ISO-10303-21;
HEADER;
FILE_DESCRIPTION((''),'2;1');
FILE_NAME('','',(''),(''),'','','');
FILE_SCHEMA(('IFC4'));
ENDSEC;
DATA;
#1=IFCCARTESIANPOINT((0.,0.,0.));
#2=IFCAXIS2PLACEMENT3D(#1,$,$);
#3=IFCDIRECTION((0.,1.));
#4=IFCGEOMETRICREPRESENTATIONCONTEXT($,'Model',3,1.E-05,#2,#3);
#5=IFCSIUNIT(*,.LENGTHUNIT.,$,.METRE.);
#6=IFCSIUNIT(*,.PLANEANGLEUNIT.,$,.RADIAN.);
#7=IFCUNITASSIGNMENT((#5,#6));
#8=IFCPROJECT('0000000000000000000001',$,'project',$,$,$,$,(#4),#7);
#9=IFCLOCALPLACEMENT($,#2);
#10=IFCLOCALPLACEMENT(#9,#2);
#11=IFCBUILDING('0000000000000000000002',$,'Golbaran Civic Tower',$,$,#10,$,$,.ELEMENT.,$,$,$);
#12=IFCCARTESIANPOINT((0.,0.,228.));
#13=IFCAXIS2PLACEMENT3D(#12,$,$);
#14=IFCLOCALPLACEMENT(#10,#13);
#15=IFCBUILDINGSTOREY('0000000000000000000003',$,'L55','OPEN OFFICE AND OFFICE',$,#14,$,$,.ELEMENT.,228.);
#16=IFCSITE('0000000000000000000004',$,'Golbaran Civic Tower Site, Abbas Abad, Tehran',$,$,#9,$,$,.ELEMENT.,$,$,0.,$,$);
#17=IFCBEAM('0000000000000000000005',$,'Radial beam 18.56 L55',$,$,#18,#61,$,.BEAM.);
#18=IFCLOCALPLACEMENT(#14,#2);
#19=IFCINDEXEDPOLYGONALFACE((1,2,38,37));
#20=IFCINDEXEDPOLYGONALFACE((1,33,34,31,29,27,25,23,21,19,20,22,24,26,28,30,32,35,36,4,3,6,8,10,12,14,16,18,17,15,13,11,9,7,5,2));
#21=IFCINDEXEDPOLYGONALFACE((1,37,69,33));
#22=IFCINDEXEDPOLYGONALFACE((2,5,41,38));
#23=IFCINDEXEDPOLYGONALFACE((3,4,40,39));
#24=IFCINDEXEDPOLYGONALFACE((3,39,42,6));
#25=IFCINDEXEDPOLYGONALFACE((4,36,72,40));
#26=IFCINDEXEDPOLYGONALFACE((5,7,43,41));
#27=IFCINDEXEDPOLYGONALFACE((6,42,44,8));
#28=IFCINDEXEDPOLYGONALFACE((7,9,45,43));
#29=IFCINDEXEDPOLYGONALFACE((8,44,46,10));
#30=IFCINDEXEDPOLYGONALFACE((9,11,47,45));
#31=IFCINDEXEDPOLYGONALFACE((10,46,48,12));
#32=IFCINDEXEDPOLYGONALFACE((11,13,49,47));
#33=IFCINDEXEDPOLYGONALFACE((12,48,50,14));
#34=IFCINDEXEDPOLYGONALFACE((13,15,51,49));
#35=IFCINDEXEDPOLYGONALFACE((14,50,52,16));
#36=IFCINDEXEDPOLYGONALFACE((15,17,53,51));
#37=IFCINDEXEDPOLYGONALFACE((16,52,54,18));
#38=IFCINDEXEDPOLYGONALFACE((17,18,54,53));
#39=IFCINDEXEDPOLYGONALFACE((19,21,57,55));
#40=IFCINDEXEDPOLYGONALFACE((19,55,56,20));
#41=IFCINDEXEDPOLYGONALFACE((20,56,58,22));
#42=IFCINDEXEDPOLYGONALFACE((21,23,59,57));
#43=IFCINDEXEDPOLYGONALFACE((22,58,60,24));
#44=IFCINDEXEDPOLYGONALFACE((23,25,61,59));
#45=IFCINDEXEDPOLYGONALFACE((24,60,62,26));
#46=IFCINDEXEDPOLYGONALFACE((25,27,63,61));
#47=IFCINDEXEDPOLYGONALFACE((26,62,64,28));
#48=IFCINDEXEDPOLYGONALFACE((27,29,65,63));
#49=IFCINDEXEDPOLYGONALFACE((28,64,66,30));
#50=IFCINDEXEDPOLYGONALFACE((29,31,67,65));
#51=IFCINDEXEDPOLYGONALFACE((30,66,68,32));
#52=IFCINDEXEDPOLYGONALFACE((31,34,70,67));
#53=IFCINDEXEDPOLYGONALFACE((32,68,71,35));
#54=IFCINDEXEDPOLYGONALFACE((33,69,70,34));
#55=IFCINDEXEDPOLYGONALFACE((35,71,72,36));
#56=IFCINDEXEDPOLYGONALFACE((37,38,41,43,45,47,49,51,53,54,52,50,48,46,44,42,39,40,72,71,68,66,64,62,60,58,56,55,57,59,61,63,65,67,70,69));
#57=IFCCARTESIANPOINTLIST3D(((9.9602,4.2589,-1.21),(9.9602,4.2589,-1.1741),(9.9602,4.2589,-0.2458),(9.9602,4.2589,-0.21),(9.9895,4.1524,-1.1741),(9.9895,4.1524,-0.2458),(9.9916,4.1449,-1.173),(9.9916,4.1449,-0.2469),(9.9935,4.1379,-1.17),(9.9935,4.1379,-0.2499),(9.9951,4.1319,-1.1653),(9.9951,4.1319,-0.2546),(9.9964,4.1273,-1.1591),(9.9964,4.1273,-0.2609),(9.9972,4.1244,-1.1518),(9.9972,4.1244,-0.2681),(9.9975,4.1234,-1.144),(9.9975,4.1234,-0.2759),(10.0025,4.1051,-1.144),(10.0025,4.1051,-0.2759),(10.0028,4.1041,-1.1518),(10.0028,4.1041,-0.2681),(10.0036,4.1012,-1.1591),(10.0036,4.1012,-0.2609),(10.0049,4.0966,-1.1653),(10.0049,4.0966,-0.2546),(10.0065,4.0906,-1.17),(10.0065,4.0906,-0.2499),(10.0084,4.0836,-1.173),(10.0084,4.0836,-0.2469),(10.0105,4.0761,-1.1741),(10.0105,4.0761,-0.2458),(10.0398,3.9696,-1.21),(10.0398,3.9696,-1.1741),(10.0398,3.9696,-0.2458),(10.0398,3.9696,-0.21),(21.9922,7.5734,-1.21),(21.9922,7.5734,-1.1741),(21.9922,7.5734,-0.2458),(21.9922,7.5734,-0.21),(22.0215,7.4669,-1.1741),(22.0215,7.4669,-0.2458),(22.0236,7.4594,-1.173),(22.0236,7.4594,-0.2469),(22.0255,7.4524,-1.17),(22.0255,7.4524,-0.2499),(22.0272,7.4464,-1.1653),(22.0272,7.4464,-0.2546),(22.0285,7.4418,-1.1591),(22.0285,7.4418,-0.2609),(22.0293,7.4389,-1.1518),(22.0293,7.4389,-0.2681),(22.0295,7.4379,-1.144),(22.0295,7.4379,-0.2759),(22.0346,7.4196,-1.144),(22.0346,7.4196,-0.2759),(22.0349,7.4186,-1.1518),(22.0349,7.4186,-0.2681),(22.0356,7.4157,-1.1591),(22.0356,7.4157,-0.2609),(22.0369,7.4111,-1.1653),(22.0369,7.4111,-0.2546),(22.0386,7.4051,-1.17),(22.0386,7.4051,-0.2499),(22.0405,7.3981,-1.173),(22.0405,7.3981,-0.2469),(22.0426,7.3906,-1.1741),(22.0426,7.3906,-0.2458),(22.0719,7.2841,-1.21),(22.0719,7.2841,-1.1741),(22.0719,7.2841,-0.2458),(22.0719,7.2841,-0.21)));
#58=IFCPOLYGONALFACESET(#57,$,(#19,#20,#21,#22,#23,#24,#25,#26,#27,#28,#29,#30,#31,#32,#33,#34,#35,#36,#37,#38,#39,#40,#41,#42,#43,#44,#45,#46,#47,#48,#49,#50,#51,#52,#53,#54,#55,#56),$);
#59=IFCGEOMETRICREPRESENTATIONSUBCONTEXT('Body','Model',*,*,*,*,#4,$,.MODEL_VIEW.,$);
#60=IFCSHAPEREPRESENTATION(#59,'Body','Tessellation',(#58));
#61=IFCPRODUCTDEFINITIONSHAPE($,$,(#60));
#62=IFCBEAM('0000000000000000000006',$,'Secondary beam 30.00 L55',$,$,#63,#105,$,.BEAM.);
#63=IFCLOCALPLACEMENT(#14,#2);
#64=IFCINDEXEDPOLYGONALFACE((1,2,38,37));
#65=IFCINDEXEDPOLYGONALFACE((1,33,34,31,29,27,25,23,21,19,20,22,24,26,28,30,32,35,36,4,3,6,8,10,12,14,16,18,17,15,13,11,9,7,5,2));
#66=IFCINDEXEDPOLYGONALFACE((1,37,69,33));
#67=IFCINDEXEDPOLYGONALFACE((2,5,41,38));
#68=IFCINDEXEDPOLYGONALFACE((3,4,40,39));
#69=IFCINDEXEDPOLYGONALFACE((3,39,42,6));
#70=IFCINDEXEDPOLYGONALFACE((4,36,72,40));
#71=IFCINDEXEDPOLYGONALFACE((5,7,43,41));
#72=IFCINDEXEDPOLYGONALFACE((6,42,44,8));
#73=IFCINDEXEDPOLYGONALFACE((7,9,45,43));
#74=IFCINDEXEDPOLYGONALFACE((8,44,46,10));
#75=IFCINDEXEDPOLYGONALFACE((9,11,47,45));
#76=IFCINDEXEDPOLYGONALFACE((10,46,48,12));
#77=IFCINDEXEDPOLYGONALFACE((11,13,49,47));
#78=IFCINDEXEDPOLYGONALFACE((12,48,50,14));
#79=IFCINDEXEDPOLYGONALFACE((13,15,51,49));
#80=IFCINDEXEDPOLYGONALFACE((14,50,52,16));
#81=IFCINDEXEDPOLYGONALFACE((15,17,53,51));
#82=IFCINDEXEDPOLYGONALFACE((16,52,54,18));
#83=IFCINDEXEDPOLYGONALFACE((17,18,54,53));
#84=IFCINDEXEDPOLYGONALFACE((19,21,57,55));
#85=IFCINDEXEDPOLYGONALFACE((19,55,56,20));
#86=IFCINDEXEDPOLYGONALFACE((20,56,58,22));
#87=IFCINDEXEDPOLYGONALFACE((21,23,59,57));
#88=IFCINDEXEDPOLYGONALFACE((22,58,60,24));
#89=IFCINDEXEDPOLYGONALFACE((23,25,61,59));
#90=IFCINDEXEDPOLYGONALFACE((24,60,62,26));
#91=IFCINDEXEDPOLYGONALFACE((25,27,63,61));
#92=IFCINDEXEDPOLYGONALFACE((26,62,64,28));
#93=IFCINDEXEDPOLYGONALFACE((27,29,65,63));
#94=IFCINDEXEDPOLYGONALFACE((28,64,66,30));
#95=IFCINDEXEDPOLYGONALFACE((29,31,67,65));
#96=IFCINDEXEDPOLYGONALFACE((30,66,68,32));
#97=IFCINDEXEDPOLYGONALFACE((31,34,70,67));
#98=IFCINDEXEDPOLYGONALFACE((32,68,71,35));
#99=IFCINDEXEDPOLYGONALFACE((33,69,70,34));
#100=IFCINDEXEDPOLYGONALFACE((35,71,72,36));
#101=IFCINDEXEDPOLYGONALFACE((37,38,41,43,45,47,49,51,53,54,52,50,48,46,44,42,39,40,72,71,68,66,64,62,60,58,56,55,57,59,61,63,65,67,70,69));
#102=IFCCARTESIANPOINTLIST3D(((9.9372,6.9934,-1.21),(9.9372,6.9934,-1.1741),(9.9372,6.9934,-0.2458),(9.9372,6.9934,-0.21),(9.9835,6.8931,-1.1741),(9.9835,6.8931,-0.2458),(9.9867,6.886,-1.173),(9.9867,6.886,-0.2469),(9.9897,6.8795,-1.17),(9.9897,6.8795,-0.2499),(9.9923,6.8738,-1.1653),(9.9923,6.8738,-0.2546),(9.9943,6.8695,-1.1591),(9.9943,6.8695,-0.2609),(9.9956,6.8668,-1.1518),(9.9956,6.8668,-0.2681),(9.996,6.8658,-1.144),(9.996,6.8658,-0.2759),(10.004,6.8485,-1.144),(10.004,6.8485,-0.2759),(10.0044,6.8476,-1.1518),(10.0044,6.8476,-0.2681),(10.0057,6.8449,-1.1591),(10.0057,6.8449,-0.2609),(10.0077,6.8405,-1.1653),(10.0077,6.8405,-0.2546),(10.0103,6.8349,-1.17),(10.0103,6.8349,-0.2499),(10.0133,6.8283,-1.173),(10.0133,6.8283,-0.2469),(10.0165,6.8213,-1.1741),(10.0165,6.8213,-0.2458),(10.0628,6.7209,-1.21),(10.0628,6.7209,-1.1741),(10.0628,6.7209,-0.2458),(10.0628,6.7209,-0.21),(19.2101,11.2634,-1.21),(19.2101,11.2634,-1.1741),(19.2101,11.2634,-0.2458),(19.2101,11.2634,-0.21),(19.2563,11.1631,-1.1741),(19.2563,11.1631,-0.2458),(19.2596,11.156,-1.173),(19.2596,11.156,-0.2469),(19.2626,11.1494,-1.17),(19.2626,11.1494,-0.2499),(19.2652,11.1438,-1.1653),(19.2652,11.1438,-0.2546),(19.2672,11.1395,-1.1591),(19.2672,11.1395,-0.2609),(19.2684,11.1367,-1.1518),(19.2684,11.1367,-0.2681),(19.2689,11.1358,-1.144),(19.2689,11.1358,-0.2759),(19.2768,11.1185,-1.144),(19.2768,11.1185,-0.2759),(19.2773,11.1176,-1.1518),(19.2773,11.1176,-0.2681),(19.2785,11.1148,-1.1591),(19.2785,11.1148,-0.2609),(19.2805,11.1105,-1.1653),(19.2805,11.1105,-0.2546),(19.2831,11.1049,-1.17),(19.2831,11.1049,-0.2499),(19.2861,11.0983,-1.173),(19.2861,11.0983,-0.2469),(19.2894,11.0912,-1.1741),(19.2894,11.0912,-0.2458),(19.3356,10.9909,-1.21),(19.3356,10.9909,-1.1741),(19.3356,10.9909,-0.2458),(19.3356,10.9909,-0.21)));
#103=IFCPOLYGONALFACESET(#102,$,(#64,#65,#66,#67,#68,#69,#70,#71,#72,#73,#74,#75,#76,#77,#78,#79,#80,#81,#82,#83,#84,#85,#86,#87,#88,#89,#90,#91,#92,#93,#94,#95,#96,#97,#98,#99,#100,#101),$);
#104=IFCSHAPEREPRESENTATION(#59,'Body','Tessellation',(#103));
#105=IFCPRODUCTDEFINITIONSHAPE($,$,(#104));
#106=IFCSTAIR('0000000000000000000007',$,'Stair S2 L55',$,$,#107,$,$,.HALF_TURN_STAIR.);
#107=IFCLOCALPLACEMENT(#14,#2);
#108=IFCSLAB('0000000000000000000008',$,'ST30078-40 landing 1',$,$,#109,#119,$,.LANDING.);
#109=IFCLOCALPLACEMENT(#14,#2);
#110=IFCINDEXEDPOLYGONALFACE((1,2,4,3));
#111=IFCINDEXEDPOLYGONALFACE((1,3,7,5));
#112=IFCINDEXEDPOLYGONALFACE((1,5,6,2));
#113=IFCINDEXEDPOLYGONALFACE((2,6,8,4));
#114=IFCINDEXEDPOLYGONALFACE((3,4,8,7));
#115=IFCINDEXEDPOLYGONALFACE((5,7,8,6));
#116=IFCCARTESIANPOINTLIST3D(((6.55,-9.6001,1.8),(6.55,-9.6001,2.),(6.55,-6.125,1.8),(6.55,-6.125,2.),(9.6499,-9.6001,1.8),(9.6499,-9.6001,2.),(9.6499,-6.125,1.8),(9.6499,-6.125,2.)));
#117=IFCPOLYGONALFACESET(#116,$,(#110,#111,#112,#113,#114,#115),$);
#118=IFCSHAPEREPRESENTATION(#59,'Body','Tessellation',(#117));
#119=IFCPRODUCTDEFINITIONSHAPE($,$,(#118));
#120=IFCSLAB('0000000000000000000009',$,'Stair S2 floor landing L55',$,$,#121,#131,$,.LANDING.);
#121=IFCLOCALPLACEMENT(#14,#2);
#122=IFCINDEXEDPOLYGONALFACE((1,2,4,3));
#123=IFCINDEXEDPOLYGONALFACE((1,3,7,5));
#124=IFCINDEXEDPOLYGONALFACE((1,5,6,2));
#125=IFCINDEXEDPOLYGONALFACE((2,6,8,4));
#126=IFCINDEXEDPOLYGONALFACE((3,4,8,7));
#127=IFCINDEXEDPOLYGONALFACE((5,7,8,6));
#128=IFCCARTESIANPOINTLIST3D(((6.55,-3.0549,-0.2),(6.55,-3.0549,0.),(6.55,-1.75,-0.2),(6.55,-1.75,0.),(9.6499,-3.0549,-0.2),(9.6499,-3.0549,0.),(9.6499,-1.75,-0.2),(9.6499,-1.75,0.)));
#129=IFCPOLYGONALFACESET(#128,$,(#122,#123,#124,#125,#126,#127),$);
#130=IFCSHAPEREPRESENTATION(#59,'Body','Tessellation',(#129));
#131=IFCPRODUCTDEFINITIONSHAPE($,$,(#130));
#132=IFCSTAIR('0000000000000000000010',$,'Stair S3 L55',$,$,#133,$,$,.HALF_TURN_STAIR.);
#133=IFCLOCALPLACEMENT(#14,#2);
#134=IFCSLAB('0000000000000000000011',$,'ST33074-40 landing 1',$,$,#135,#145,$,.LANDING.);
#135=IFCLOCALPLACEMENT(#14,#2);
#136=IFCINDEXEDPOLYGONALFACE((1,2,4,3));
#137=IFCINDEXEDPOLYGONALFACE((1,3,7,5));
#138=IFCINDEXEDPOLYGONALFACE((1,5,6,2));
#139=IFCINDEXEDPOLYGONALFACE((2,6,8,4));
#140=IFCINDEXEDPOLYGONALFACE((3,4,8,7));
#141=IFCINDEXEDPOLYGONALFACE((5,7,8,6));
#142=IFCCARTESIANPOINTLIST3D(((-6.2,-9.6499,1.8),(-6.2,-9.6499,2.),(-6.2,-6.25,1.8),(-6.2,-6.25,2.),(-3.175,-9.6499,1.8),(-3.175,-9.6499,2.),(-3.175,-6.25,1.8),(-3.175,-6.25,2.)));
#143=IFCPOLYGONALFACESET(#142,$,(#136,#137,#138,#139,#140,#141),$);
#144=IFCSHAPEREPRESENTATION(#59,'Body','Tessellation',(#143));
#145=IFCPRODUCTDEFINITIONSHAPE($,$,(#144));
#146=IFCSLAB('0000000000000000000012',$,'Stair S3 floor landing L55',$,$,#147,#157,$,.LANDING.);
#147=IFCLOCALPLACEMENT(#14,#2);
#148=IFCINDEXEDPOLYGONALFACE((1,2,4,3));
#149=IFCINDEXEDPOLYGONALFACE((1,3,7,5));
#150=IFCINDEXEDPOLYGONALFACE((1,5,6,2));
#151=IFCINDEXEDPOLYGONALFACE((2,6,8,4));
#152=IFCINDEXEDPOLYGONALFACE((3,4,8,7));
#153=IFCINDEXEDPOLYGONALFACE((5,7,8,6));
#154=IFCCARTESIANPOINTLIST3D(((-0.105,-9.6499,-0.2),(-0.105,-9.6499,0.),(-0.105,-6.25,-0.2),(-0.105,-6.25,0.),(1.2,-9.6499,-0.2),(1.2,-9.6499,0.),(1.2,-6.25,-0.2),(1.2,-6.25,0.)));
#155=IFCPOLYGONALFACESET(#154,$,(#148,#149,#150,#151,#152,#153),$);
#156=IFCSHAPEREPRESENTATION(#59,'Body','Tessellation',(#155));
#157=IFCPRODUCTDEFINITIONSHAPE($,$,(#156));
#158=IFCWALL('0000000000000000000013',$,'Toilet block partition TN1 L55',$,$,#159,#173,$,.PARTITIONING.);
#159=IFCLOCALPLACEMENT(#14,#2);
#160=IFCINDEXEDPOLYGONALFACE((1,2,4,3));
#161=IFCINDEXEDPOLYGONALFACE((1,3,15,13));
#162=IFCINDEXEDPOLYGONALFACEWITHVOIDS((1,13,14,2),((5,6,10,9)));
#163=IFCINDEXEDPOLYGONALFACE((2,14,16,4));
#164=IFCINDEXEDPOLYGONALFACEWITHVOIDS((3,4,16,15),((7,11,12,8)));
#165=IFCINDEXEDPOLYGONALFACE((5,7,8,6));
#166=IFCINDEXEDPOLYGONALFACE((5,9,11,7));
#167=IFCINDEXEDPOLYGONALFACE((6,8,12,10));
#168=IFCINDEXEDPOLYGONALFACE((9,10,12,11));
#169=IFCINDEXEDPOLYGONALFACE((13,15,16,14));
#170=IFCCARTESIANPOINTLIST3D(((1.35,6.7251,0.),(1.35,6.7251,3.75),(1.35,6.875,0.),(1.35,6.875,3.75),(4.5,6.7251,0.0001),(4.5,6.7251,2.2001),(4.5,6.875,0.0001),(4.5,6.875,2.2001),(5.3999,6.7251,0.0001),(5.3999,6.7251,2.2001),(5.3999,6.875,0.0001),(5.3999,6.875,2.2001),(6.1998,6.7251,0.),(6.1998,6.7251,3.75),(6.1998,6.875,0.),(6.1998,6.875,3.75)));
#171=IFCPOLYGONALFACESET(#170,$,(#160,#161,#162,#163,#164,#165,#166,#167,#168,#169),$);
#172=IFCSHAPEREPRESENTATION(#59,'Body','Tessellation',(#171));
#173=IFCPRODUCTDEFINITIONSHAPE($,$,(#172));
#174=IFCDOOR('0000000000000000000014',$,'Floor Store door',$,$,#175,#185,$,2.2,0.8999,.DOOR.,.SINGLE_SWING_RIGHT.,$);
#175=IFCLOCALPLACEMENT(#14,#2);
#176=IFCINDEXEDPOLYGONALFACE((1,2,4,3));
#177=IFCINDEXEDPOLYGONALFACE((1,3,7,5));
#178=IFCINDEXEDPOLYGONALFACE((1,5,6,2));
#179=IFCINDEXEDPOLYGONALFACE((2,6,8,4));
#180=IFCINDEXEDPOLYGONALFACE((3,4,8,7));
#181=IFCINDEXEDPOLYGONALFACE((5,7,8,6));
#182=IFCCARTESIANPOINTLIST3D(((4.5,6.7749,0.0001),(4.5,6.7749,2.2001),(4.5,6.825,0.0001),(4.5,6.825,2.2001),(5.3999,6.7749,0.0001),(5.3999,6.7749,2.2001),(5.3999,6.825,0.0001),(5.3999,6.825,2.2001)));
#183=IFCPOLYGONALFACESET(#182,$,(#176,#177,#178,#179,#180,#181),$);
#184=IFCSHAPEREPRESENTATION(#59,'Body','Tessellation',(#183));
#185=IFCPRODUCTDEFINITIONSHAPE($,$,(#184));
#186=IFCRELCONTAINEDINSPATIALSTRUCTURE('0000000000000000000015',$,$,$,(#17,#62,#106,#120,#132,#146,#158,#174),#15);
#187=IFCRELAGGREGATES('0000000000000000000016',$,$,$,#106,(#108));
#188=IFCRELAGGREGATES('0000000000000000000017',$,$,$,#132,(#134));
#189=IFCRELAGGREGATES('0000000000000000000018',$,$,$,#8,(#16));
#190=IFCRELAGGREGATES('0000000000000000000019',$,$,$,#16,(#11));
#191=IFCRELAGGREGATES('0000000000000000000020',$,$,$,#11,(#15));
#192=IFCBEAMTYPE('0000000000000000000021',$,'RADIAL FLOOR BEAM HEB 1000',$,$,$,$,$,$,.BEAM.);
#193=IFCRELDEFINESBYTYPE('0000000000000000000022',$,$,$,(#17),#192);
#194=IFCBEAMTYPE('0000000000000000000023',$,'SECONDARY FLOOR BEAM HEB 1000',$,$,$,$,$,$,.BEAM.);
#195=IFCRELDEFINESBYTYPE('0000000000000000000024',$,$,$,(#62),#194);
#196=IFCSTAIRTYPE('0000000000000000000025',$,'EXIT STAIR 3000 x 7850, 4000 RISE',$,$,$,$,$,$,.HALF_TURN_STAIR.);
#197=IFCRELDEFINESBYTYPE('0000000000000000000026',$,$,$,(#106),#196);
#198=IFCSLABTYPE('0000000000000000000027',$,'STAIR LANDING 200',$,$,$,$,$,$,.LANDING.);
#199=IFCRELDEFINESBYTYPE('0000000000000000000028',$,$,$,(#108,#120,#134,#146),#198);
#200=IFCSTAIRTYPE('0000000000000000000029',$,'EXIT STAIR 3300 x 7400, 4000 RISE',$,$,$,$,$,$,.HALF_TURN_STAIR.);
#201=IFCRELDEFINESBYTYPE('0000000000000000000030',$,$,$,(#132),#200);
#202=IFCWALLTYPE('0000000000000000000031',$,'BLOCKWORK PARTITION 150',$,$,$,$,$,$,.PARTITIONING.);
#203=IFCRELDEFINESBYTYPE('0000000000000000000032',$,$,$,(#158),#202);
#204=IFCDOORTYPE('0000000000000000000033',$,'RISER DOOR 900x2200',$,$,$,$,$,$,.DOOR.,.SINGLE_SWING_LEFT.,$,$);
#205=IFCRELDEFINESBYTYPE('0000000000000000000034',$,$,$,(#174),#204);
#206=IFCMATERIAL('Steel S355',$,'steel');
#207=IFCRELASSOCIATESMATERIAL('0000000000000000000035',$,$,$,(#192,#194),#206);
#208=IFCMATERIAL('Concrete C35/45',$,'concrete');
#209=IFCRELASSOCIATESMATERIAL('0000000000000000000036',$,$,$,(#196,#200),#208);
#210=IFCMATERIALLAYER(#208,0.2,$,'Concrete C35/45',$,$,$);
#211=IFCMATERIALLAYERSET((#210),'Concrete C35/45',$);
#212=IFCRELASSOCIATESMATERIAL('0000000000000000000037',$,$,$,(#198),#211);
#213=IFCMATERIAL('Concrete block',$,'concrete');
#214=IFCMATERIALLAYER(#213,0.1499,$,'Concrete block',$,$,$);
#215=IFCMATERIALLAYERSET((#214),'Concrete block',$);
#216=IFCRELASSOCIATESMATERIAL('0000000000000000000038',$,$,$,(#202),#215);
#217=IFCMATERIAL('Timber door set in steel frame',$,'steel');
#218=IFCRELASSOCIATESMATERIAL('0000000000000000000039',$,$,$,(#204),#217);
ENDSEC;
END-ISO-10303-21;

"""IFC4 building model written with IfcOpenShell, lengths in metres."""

from ifc_helpers import new_model, si_unit, direction, frame, frame_2d, origin, origin_2d, place, context, subcontext, project, spatial, polyline, rectangle, i_section, outline, extrude, material, layer, layer_set, material_profile, profile_set, type_object, element, fill, aggregate, save


model = new_model("IFC4")

# Units and contexts
model_context = context("Model", 3, precision=1e-05, world=origin(), true_north=direction((0.0, 1.0)))
body_context = subcontext(model_context, "Body", "Model", "MODEL_VIEW")
ifc_project = project(units=[si_unit("LENGTHUNIT", "METRE"), si_unit("PLANEANGLEUNIT", "RADIAN")], contexts=[model_context])

# Site, building, storey
site_placement = place(None, origin())
site = spatial("IfcSite", under=ifc_project, at=site_placement, Name="Golbaran Civic Tower Site, Abbas Abad, Tehran", CompositionType="ELEMENT", RefElevation=0.0)
building_placement = place(site_placement, origin())
building = spatial("IfcBuilding", under=site, at=building_placement, Name="Golbaran Civic Tower", CompositionType="ELEMENT")
storey_placement = place(building_placement, frame((0.0, 0.0, 228.0)))
storey = spatial("IfcBuildingStorey", under=building, at=storey_placement, Name="L55", Description="OPEN OFFICE AND OFFICE", CompositionType="ELEMENT", Elevation=228.0)

# Beams
ifc_material_1 = material(Name="Steel S355", Category="steel")
ifc_material_profile_1 = material_profile(ifc_material_1, i_section(OverallWidth=0.3, OverallDepth=1.0, WebThickness=0.019, FlangeThickness=0.0359, FilletRadius=0.03, at=origin_2d()), Name="HEB 1000")
ifc_profile_set_1 = profile_set([ifc_material_profile_1], Name="Steel S355")
beam_type_1 = type_object("IfcBeamType", Name="RADIAL FLOOR BEAM HEB 1000", PredefinedType="BEAM", material=ifc_profile_set_1)
beam_1_placement = place(storey_placement, frame((10.0, 4.1143, -0.71), z_axis=(0.964089, 0.265578, 0.0), x_axis=(-0.265578, 0.964089, 0.0)))
element("IfcBeam", 1, at=beam_1_placement, inside=storey, type_object=beam_type_1, Name="Radial beam 18.56 L55", PredefinedType="BEAM", context=body_context, shape_type="SweptSolid", body=[
    extrude(i_section(OverallWidth=0.3, OverallDepth=1.0, WebThickness=0.019, FlangeThickness=0.0359, FilletRadius=0.03, at=origin_2d()), origin(), (0.0, 0.0, 1.0), 12.4802),
])
ifc_material_profile_2 = material_profile(ifc_material_1, i_section(OverallWidth=0.3, OverallDepth=1.0, WebThickness=0.019, FlangeThickness=0.0359, FilletRadius=0.03, at=origin_2d()), Name="HEB 1000")
ifc_profile_set_2 = profile_set([ifc_material_profile_2], Name="Steel S355")
beam_type_2 = type_object("IfcBeamType", Name="SECONDARY FLOOR BEAM HEB 1000", PredefinedType="BEAM", material=ifc_profile_set_2)
beam_2_placement = place(storey_placement, frame((10.0, 6.8572, -0.71), z_axis=(0.908324, 0.418266, 0.0), x_axis=(-0.418266, 0.908324, 0.0)))
element("IfcBeam", 2, at=beam_2_placement, inside=storey, type_object=beam_type_2, Name="Secondary beam 30.00 L55", PredefinedType="BEAM", context=body_context, shape_type="SweptSolid", body=[
    extrude(i_section(OverallWidth=0.3, OverallDepth=1.0, WebThickness=0.019, FlangeThickness=0.0359, FilletRadius=0.03, at=origin_2d()), origin(), (0.0, 0.0, 1.0), 10.2087),
])

# Stair, slab
ifc_material_2 = material(Name="Concrete C35/45", Category="concrete")
stair_type_1 = type_object("IfcStairType", Name="EXIT STAIR 3000 x 7850, 4000 RISE", PredefinedType="HALF_TURN_STAIR", material=ifc_material_2)
stair_1_placement = place(storey_placement, origin())
stair_1 = element("IfcStair", 3, at=stair_1_placement, inside=storey, type_object=stair_type_1, Name="Stair S2 L55", PredefinedType="HALF_TURN_STAIR")
ifc_layer_1 = layer(ifc_material_2, 0.2, Name="Concrete C35/45")
ifc_layer_set_1 = layer_set([ifc_layer_1], Name="Concrete C35/45")
slab_type = type_object("IfcSlabType", Name="STAIR LANDING 200", PredefinedType="LANDING", material=ifc_layer_set_1)
slab_1_placement = place(storey_placement, frame((0.0, 0.0, 1.8)))
slab_1 = element("IfcSlab", 4, at=slab_1_placement, type_object=slab_type, Name="ST30078-40 landing 1", PredefinedType="LANDING", context=body_context, shape_type="SweptSolid", body=[
    extrude(outline(polyline([(9.6499, -6.125), (9.6499, -9.6001), (6.55, -9.6001), (6.55, -6.125), (9.6499, -6.125)])), origin(), (0.0, 0.0, 1.0), 0.2),
])
aggregate(stair_1, [slab_1])

# Slab
slab_2_placement = place(storey_placement, frame((0.0, 0.0, -0.2)))
element("IfcSlab", 5, at=slab_2_placement, inside=storey, type_object=slab_type, Name="Stair S2 floor landing L55", PredefinedType="LANDING", context=body_context, shape_type="SweptSolid", body=[
    extrude(outline(polyline([(9.6499, -1.75), (9.6499, -3.0549), (6.55, -3.0549), (6.55, -1.75), (9.6499, -1.75)])), origin(), (0.0, 0.0, 1.0), 0.2),
])

# Stair, slab
stair_type_2 = type_object("IfcStairType", Name="EXIT STAIR 3300 x 7400, 4000 RISE", PredefinedType="HALF_TURN_STAIR", material=ifc_material_2)
stair_2_placement = place(storey_placement, origin())
stair_2 = element("IfcStair", 6, at=stair_2_placement, inside=storey, type_object=stair_type_2, Name="Stair S3 L55", PredefinedType="HALF_TURN_STAIR")
slab_3_placement = place(storey_placement, frame((0.0, 0.0, 1.8)))
slab_3 = element("IfcSlab", 7, at=slab_3_placement, type_object=slab_type, Name="ST33074-40 landing 1", PredefinedType="LANDING", context=body_context, shape_type="SweptSolid", body=[
    extrude(outline(polyline([(-3.175, -9.6499), (-6.2, -9.6499), (-6.2, -6.25), (-3.175, -6.25), (-3.175, -9.6499)])), origin(), (0.0, 0.0, 1.0), 0.2),
])
aggregate(stair_2, [slab_3])

# Slab
slab_4_placement = place(storey_placement, frame((0.0, 0.0, -0.2)))
element("IfcSlab", 8, at=slab_4_placement, inside=storey, type_object=slab_type, Name="Stair S3 floor landing L55", PredefinedType="LANDING", context=body_context, shape_type="SweptSolid", body=[
    extrude(outline(polyline([(1.2, -9.6499), (-0.105, -9.6499), (-0.105, -6.25), (1.2, -6.25), (1.2, -9.6499)])), origin(), (0.0, 0.0, 1.0), 0.2),
])

# Wall, opening, door
ifc_material_3 = material(Name="Concrete block", Category="concrete")
ifc_layer_2 = layer(ifc_material_3, 0.1499, Name="Concrete block")
ifc_layer_set_2 = layer_set([ifc_layer_2], Name="Concrete block")
wall_type_1 = type_object("IfcWallType", Name="BLOCKWORK PARTITION 150", PredefinedType="PARTITIONING", material=ifc_layer_set_2)
wall_1_placement = place(storey_placement, frame((1.3501, 6.8, 0.0), z_axis=(0.0, 0.0, 1.0), x_axis=(1.0, 0.0, 0.0)))
wall_1 = element("IfcWall", 9, at=wall_1_placement, inside=storey, type_object=wall_type_1, Name="Toilet block partition TN1 L55", PredefinedType="PARTITIONING", context=body_context, shape_type="SweptSolid", body=[
    extrude(rectangle(XDim=4.8499, YDim=0.1499, at=frame_2d((2.4248, 0.0))), origin(), (0.0, 0.0, 1.0), 3.75),
])
opening_1_placement = place(wall_1_placement, frame((3.1499, 0.0, 0.0)))
opening_1 = element("IfcOpeningElement", 10, at=opening_1_placement, cuts=wall_1, PredefinedType="OPENING", context=body_context, shape_type="SweptSolid", body=[
    extrude(rectangle(XDim=0.8999, YDim=2.2, at=frame_2d((0.45, 1.1001))), frame((0.0, 0.085, 0.0), z_axis=(0.0, -1.0, 0.0), x_axis=(1.0, 0.0, 0.0)), (0.0, 0.0, 1.0), 0.1699),
])
ifc_material_4 = material(Name="Timber door set in steel frame", Category="steel")
door_type_1 = type_object("IfcDoorType", Name="RISER DOOR 900x2200", OperationType="SINGLE_SWING_LEFT", PredefinedType="DOOR", material=ifc_material_4)
door_1_placement = place(opening_1_placement, origin())
door_1 = element("IfcDoor", 11, at=door_1_placement, inside=storey, type_object=door_type_1, Name="Floor Store door", OperationType="SINGLE_SWING_RIGHT", OverallHeight=2.2, OverallWidth=0.8999, PredefinedType="DOOR", context=body_context, shape_type="SweptSolid", body=[
    extrude(rectangle(XDim=0.8999, YDim=2.2, at=frame_2d((0.45, 1.1001))), frame((0.0, 0.0249, 0.0), z_axis=(0.0, -1.0, 0.0), x_axis=(1.0, 0.0, 0.0)), (0.0, 0.0, 1.0), 0.05),
])
fill(opening_1, door_1)

save(model, "model.ifc")
